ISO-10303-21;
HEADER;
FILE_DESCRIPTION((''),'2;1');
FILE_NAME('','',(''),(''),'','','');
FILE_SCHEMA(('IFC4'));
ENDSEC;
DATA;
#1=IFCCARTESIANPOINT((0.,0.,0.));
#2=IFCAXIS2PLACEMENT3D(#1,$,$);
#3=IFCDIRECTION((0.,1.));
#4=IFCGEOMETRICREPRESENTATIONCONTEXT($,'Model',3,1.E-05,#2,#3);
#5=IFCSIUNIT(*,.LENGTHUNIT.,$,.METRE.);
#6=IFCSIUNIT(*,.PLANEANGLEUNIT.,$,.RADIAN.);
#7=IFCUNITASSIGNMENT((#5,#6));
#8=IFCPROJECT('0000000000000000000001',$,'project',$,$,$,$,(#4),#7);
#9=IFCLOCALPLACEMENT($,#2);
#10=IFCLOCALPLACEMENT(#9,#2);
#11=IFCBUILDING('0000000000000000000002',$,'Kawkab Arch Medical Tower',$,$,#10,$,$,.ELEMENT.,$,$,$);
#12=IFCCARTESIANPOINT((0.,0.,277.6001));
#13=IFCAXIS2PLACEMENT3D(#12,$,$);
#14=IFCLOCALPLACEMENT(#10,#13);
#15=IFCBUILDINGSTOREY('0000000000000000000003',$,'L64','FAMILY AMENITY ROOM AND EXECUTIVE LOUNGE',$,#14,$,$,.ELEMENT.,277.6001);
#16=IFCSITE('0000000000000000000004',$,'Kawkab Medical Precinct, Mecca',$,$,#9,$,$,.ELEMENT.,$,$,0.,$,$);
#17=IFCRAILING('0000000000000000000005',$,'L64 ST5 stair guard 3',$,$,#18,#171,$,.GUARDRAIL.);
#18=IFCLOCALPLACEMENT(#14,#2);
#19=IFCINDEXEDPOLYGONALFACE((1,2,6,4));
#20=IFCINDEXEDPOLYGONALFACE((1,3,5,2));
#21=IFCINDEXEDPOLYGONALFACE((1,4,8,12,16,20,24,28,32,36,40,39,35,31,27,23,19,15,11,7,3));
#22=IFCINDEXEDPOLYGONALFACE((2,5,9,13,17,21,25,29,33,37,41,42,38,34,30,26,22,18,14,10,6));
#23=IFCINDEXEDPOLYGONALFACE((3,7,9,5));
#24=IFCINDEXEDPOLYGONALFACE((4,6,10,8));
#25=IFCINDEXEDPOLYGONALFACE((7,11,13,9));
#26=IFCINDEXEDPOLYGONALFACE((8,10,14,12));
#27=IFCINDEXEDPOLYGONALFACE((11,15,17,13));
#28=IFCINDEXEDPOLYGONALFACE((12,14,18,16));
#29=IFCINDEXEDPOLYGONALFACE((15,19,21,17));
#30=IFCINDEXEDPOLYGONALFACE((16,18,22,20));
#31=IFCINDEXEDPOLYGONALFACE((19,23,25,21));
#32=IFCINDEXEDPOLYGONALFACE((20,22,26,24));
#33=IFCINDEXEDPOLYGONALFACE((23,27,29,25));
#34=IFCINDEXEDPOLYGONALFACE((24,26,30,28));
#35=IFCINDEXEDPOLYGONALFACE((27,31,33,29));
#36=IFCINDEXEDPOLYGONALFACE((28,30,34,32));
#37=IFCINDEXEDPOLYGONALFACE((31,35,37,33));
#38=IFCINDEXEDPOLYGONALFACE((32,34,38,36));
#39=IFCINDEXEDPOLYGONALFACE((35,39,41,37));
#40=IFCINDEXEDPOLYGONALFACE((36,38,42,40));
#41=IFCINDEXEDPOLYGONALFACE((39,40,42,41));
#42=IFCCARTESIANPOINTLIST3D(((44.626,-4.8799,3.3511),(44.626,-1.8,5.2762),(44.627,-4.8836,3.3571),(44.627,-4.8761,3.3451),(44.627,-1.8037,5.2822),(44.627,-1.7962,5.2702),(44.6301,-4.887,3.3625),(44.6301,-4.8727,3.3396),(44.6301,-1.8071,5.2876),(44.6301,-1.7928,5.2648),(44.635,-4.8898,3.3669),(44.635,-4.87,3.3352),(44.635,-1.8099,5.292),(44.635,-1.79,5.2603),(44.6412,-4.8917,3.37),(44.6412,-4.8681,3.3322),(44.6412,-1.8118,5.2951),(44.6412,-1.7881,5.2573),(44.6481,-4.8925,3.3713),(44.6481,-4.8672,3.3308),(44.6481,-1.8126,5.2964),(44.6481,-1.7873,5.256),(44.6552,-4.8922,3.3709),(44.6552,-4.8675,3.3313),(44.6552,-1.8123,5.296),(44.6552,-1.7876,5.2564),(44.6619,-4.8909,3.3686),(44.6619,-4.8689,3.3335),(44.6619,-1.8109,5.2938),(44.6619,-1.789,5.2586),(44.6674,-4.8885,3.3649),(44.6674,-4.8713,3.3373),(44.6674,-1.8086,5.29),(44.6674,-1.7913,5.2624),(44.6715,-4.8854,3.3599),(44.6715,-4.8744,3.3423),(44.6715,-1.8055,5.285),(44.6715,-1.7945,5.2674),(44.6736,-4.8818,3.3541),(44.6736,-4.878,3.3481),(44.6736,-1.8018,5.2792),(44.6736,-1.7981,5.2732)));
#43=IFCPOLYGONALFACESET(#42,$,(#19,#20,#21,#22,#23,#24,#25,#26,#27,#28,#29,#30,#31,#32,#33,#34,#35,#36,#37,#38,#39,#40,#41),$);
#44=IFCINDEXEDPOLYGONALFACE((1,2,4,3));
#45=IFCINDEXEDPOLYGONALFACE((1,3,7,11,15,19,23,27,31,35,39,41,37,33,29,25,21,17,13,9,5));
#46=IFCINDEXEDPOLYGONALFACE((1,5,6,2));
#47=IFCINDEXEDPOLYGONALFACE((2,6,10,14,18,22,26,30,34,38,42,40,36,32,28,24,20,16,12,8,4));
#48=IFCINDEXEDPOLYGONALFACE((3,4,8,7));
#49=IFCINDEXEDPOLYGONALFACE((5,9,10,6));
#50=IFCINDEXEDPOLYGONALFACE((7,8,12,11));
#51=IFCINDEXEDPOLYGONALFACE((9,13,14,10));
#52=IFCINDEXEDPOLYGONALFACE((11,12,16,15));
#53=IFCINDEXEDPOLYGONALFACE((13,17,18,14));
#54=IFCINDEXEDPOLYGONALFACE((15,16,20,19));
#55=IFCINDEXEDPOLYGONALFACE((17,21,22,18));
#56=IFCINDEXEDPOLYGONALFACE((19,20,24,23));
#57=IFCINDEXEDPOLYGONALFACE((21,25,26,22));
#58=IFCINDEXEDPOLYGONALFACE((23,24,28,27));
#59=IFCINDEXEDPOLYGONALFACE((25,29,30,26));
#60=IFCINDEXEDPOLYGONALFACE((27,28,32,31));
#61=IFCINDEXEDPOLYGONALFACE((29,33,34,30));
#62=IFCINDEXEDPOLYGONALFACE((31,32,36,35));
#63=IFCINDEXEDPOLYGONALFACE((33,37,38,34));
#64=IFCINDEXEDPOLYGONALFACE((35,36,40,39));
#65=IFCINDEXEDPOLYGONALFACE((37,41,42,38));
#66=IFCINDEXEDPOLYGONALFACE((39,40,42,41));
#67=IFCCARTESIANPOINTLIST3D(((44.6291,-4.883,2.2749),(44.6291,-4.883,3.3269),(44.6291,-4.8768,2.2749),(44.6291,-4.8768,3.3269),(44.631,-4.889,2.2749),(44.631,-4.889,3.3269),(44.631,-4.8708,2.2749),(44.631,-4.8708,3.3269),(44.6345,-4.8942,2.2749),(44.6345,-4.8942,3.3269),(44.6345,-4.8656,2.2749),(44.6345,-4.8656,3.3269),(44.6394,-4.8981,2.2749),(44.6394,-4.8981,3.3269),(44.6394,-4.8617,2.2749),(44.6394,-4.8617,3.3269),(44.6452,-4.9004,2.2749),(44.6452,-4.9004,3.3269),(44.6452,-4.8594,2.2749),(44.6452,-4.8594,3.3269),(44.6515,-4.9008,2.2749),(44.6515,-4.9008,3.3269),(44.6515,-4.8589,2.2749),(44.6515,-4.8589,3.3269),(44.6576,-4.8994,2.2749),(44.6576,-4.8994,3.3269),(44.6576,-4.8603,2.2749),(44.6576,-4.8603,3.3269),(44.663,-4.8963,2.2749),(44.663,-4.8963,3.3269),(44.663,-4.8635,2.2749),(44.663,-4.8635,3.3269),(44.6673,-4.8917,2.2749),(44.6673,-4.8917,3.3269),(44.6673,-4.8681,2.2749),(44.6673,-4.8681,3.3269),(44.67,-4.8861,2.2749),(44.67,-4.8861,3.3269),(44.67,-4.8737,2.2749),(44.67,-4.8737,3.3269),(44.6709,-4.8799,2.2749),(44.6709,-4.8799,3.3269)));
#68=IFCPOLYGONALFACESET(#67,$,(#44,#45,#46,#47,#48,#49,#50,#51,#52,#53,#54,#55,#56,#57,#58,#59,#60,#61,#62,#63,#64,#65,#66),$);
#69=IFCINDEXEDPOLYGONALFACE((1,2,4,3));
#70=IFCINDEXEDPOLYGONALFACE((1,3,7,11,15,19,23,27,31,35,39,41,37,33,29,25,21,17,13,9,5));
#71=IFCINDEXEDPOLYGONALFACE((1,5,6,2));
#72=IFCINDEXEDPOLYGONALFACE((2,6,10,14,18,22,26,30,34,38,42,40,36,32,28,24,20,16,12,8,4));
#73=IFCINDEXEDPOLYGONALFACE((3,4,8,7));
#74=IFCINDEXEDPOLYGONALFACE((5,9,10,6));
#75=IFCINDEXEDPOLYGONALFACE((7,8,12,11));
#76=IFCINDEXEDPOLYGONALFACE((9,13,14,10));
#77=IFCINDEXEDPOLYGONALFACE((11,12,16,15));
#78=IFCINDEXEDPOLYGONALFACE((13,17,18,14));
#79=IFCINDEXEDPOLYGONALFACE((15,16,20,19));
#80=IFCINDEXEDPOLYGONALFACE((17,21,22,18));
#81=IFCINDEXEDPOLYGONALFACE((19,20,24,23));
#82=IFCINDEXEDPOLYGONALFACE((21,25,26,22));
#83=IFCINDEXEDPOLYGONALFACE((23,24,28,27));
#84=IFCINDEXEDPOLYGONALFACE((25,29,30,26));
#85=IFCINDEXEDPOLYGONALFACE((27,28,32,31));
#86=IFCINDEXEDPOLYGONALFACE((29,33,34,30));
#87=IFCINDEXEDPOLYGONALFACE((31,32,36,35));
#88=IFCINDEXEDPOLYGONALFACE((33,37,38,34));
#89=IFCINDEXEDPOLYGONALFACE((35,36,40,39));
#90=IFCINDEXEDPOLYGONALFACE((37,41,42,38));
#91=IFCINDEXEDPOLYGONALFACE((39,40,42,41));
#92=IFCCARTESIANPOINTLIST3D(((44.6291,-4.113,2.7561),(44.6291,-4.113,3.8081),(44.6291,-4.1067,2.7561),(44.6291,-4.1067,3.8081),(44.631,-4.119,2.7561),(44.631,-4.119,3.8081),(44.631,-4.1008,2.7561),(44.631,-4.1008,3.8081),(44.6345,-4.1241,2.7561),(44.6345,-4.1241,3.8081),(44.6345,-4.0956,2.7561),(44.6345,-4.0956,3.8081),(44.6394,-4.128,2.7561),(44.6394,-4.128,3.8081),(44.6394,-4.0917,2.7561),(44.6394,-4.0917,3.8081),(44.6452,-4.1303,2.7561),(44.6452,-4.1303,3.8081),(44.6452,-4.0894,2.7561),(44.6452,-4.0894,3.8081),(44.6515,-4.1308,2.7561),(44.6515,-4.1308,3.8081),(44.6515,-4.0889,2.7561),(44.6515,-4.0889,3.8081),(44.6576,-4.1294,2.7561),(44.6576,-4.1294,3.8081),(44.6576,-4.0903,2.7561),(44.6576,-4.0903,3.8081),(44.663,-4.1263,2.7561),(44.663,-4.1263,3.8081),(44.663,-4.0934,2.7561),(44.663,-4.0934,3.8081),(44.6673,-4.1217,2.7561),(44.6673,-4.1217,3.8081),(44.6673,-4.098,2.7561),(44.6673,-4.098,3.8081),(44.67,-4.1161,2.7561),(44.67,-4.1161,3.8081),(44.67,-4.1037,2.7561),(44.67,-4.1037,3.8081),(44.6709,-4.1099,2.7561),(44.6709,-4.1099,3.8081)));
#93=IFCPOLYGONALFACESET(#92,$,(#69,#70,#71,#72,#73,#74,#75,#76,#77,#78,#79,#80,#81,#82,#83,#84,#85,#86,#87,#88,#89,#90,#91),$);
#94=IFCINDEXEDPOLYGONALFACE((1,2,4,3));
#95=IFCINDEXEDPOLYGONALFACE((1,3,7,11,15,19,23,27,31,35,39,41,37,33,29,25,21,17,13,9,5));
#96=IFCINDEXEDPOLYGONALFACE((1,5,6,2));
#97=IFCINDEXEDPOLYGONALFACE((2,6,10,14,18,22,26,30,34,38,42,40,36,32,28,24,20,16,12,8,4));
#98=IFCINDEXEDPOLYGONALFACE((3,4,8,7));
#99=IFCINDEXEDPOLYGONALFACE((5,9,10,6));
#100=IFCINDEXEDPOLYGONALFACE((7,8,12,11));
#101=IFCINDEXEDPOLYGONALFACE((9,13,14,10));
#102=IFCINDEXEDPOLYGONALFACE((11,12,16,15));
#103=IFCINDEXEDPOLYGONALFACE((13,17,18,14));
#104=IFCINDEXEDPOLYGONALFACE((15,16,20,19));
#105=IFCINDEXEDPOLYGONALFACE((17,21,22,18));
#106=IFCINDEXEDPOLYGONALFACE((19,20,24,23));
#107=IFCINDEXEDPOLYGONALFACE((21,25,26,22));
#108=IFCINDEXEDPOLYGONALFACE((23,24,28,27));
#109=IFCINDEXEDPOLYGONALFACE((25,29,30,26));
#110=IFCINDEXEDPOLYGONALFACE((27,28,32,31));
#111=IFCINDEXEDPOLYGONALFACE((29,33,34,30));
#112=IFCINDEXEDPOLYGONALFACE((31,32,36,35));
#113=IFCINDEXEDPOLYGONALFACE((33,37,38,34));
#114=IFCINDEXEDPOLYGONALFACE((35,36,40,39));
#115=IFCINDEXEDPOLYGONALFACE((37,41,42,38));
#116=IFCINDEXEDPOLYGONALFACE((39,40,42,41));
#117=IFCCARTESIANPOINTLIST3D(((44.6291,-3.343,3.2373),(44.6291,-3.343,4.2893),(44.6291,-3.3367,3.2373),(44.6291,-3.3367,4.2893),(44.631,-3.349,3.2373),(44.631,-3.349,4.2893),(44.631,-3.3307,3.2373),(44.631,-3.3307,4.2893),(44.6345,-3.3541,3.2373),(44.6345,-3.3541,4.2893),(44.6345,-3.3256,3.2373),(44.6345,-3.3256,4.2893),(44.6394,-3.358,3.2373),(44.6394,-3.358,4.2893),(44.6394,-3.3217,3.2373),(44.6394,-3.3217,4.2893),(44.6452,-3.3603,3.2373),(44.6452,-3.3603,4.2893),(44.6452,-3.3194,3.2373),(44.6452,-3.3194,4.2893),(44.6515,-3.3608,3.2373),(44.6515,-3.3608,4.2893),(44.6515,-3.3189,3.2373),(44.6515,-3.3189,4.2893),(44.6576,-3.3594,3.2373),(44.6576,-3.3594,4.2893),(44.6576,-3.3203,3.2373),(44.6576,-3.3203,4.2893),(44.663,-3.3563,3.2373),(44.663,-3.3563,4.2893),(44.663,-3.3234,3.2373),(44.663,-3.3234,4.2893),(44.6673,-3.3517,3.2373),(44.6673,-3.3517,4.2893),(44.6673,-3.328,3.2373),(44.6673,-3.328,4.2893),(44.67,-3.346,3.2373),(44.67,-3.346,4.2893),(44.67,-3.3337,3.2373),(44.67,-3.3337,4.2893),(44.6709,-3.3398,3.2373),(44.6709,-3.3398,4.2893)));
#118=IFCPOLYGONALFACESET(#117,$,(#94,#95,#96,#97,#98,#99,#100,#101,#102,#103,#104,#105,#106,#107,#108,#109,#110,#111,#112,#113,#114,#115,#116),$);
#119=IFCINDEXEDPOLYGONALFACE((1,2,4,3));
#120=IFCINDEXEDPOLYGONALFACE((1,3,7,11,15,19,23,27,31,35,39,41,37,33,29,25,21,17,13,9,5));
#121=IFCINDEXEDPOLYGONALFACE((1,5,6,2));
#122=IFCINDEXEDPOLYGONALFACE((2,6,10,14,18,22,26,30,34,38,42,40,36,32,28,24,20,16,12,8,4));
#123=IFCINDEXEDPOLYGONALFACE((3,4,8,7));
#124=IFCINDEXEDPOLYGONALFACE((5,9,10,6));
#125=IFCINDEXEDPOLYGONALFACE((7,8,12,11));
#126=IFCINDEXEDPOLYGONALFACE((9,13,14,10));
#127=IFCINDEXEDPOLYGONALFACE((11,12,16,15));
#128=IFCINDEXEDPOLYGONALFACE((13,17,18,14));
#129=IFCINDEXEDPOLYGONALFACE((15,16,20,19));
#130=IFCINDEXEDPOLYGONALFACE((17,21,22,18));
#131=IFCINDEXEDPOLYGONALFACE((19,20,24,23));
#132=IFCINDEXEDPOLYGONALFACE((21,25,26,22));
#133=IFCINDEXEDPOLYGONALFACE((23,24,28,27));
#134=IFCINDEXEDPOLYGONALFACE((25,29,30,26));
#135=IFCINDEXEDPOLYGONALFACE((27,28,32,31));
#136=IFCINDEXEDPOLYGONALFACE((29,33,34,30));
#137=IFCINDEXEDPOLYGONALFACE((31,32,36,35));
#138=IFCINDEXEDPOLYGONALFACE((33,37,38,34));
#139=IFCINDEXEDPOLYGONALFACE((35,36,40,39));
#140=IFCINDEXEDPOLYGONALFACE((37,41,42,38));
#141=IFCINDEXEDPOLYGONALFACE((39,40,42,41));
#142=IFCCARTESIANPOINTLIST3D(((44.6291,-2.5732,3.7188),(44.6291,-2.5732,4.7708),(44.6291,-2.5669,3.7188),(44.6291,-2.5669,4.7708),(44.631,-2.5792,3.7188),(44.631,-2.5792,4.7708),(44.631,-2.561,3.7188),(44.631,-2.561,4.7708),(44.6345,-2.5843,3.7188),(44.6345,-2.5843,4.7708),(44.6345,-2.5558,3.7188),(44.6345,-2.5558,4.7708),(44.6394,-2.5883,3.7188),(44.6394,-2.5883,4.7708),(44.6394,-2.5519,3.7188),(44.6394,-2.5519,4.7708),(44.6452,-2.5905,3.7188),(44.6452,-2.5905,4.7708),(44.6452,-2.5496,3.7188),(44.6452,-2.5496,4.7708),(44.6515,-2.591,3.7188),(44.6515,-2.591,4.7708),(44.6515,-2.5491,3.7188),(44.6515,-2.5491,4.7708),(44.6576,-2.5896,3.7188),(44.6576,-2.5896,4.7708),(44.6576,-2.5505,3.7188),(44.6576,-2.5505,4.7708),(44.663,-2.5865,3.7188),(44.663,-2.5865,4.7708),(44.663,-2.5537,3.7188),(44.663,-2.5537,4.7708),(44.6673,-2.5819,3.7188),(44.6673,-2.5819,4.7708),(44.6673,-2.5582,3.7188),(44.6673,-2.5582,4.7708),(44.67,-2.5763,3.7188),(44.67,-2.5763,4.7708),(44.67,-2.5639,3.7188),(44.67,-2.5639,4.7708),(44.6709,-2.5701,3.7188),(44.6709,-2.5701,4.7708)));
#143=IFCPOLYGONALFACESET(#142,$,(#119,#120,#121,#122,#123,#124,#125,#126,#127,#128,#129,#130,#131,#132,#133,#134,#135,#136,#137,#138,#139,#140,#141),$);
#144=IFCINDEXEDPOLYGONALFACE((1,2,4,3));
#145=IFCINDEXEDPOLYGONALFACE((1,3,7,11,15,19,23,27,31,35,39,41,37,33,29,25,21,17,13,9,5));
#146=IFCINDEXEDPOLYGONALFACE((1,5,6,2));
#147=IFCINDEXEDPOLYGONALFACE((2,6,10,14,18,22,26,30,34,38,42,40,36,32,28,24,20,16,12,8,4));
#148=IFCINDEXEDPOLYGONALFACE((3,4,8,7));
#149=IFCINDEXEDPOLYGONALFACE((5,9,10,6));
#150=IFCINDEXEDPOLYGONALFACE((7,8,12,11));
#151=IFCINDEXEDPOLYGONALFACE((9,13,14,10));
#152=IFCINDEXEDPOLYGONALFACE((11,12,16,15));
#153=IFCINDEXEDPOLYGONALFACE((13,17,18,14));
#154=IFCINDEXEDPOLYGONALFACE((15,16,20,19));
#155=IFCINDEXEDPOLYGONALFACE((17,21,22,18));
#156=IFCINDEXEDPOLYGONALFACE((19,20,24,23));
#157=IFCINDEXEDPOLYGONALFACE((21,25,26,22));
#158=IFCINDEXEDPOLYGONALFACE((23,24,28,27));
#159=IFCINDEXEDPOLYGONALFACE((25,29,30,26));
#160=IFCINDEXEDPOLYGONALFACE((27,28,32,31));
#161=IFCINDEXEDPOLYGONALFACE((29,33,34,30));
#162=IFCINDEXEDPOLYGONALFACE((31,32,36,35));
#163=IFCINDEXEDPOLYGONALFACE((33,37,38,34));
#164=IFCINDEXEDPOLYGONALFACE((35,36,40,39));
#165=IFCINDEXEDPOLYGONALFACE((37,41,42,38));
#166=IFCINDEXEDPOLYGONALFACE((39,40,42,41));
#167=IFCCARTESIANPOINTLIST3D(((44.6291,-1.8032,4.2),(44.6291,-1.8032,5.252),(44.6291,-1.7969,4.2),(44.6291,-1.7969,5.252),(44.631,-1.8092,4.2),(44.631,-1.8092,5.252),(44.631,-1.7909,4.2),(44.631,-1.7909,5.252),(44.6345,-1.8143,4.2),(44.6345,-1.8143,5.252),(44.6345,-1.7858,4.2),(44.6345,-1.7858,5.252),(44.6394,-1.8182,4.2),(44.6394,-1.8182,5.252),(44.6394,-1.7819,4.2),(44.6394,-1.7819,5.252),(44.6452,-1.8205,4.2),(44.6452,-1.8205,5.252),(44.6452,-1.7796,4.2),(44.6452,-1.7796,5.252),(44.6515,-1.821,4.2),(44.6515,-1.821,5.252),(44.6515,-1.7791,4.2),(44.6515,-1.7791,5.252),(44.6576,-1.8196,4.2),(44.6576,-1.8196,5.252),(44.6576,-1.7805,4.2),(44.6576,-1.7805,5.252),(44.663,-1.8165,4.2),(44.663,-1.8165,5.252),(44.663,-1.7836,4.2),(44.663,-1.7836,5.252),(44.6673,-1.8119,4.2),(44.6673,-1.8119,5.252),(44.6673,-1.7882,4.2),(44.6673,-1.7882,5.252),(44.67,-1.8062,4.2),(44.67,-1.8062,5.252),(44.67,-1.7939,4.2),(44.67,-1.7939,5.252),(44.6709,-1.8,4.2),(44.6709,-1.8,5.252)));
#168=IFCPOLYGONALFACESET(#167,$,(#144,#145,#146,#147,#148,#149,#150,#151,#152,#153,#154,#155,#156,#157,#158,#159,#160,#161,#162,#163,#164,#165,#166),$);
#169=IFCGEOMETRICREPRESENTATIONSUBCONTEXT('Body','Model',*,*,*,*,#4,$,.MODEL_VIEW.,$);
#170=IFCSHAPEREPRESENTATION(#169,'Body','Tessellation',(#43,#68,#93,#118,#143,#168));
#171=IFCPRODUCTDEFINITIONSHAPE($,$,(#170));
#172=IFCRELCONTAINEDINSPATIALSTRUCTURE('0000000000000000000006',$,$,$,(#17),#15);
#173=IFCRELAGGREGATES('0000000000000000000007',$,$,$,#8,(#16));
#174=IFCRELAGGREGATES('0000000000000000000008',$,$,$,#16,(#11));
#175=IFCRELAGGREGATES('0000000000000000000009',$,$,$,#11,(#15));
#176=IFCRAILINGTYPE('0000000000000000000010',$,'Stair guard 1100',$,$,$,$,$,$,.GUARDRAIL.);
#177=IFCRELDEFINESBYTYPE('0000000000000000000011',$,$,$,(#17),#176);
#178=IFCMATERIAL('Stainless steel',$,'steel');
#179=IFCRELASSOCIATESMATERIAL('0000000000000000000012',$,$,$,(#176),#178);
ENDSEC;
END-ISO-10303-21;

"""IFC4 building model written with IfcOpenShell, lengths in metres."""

from ifc_helpers import new_model, si_unit, direction, frame, origin, origin_2d, place, context, subcontext, project, spatial, circle, extrude, material, type_object, element, save


model = new_model("IFC4")

# Units and contexts
model_context = context("Model", 3, precision=1e-05, world=origin(), true_north=direction((0.0, 1.0)))
body_context = subcontext(model_context, "Body", "Model", "MODEL_VIEW")
ifc_project = project(units=[si_unit("LENGTHUNIT", "METRE"), si_unit("PLANEANGLEUNIT", "RADIAN")], contexts=[model_context])

# Site, building, storey
site_placement = place(None, origin())
site = spatial("IfcSite", under=ifc_project, at=site_placement, Name="Kawkab Medical Precinct, Mecca", CompositionType="ELEMENT", RefElevation=0.0)
building_placement = place(site_placement, origin())
building = spatial("IfcBuilding", under=site, at=building_placement, Name="Kawkab Arch Medical Tower", CompositionType="ELEMENT")
storey_placement = place(building_placement, frame((0.0, 0.0, 277.6001)))
storey = spatial("IfcBuildingStorey", under=building, at=storey_placement, Name="L64", Description="FAMILY AMENITY ROOM AND EXECUTIVE LOUNGE", CompositionType="ELEMENT", Elevation=277.6001)

# Railing
ifc_material_1 = material(Name="Stainless steel", Category="steel")
railing_type = type_object("IfcRailingType", Name="Stair guard 1100", PredefinedType="GUARDRAIL", material=ifc_material_1)
railing_placement = place(storey_placement, frame((44.6499, -4.8799, 2.2749)))
element("IfcRailing", 1, at=railing_placement, inside=storey, type_object=railing_type, Name="L64 ST5 stair guard 3", PredefinedType="GUARDRAIL", context=body_context, shape_type="SweptSolid", body=[
    extrude(circle(Radius=0.0239, at=origin_2d()), frame((0.0, 0.0, 1.0762), z_axis=(0.0, 0.847979, 0.530029), x_axis=(-1.0, 0.0, 0.0)), (0.0, 0.0, 1.0), 3.6321),
    extrude(circle(Radius=0.021, at=origin_2d()), origin(), (0.0, 0.0, 1.0), 1.052),
    extrude(circle(Radius=0.021, at=origin_2d()), frame((0.0, 0.77, 0.4812)), (0.0, 0.0, 1.0), 1.052),
    extrude(circle(Radius=0.021, at=origin_2d()), frame((0.0, 1.54, 0.9624)), (0.0, 0.0, 1.0), 1.052),
    extrude(circle(Radius=0.021, at=origin_2d()), frame((0.0, 2.3098, 1.4438)), (0.0, 0.0, 1.0), 1.052),
    extrude(circle(Radius=0.021, at=origin_2d()), frame((0.0, 3.0798, 1.925)), (0.0, 0.0, 1.0), 1.052),
])

save(model, "model.ifc")
